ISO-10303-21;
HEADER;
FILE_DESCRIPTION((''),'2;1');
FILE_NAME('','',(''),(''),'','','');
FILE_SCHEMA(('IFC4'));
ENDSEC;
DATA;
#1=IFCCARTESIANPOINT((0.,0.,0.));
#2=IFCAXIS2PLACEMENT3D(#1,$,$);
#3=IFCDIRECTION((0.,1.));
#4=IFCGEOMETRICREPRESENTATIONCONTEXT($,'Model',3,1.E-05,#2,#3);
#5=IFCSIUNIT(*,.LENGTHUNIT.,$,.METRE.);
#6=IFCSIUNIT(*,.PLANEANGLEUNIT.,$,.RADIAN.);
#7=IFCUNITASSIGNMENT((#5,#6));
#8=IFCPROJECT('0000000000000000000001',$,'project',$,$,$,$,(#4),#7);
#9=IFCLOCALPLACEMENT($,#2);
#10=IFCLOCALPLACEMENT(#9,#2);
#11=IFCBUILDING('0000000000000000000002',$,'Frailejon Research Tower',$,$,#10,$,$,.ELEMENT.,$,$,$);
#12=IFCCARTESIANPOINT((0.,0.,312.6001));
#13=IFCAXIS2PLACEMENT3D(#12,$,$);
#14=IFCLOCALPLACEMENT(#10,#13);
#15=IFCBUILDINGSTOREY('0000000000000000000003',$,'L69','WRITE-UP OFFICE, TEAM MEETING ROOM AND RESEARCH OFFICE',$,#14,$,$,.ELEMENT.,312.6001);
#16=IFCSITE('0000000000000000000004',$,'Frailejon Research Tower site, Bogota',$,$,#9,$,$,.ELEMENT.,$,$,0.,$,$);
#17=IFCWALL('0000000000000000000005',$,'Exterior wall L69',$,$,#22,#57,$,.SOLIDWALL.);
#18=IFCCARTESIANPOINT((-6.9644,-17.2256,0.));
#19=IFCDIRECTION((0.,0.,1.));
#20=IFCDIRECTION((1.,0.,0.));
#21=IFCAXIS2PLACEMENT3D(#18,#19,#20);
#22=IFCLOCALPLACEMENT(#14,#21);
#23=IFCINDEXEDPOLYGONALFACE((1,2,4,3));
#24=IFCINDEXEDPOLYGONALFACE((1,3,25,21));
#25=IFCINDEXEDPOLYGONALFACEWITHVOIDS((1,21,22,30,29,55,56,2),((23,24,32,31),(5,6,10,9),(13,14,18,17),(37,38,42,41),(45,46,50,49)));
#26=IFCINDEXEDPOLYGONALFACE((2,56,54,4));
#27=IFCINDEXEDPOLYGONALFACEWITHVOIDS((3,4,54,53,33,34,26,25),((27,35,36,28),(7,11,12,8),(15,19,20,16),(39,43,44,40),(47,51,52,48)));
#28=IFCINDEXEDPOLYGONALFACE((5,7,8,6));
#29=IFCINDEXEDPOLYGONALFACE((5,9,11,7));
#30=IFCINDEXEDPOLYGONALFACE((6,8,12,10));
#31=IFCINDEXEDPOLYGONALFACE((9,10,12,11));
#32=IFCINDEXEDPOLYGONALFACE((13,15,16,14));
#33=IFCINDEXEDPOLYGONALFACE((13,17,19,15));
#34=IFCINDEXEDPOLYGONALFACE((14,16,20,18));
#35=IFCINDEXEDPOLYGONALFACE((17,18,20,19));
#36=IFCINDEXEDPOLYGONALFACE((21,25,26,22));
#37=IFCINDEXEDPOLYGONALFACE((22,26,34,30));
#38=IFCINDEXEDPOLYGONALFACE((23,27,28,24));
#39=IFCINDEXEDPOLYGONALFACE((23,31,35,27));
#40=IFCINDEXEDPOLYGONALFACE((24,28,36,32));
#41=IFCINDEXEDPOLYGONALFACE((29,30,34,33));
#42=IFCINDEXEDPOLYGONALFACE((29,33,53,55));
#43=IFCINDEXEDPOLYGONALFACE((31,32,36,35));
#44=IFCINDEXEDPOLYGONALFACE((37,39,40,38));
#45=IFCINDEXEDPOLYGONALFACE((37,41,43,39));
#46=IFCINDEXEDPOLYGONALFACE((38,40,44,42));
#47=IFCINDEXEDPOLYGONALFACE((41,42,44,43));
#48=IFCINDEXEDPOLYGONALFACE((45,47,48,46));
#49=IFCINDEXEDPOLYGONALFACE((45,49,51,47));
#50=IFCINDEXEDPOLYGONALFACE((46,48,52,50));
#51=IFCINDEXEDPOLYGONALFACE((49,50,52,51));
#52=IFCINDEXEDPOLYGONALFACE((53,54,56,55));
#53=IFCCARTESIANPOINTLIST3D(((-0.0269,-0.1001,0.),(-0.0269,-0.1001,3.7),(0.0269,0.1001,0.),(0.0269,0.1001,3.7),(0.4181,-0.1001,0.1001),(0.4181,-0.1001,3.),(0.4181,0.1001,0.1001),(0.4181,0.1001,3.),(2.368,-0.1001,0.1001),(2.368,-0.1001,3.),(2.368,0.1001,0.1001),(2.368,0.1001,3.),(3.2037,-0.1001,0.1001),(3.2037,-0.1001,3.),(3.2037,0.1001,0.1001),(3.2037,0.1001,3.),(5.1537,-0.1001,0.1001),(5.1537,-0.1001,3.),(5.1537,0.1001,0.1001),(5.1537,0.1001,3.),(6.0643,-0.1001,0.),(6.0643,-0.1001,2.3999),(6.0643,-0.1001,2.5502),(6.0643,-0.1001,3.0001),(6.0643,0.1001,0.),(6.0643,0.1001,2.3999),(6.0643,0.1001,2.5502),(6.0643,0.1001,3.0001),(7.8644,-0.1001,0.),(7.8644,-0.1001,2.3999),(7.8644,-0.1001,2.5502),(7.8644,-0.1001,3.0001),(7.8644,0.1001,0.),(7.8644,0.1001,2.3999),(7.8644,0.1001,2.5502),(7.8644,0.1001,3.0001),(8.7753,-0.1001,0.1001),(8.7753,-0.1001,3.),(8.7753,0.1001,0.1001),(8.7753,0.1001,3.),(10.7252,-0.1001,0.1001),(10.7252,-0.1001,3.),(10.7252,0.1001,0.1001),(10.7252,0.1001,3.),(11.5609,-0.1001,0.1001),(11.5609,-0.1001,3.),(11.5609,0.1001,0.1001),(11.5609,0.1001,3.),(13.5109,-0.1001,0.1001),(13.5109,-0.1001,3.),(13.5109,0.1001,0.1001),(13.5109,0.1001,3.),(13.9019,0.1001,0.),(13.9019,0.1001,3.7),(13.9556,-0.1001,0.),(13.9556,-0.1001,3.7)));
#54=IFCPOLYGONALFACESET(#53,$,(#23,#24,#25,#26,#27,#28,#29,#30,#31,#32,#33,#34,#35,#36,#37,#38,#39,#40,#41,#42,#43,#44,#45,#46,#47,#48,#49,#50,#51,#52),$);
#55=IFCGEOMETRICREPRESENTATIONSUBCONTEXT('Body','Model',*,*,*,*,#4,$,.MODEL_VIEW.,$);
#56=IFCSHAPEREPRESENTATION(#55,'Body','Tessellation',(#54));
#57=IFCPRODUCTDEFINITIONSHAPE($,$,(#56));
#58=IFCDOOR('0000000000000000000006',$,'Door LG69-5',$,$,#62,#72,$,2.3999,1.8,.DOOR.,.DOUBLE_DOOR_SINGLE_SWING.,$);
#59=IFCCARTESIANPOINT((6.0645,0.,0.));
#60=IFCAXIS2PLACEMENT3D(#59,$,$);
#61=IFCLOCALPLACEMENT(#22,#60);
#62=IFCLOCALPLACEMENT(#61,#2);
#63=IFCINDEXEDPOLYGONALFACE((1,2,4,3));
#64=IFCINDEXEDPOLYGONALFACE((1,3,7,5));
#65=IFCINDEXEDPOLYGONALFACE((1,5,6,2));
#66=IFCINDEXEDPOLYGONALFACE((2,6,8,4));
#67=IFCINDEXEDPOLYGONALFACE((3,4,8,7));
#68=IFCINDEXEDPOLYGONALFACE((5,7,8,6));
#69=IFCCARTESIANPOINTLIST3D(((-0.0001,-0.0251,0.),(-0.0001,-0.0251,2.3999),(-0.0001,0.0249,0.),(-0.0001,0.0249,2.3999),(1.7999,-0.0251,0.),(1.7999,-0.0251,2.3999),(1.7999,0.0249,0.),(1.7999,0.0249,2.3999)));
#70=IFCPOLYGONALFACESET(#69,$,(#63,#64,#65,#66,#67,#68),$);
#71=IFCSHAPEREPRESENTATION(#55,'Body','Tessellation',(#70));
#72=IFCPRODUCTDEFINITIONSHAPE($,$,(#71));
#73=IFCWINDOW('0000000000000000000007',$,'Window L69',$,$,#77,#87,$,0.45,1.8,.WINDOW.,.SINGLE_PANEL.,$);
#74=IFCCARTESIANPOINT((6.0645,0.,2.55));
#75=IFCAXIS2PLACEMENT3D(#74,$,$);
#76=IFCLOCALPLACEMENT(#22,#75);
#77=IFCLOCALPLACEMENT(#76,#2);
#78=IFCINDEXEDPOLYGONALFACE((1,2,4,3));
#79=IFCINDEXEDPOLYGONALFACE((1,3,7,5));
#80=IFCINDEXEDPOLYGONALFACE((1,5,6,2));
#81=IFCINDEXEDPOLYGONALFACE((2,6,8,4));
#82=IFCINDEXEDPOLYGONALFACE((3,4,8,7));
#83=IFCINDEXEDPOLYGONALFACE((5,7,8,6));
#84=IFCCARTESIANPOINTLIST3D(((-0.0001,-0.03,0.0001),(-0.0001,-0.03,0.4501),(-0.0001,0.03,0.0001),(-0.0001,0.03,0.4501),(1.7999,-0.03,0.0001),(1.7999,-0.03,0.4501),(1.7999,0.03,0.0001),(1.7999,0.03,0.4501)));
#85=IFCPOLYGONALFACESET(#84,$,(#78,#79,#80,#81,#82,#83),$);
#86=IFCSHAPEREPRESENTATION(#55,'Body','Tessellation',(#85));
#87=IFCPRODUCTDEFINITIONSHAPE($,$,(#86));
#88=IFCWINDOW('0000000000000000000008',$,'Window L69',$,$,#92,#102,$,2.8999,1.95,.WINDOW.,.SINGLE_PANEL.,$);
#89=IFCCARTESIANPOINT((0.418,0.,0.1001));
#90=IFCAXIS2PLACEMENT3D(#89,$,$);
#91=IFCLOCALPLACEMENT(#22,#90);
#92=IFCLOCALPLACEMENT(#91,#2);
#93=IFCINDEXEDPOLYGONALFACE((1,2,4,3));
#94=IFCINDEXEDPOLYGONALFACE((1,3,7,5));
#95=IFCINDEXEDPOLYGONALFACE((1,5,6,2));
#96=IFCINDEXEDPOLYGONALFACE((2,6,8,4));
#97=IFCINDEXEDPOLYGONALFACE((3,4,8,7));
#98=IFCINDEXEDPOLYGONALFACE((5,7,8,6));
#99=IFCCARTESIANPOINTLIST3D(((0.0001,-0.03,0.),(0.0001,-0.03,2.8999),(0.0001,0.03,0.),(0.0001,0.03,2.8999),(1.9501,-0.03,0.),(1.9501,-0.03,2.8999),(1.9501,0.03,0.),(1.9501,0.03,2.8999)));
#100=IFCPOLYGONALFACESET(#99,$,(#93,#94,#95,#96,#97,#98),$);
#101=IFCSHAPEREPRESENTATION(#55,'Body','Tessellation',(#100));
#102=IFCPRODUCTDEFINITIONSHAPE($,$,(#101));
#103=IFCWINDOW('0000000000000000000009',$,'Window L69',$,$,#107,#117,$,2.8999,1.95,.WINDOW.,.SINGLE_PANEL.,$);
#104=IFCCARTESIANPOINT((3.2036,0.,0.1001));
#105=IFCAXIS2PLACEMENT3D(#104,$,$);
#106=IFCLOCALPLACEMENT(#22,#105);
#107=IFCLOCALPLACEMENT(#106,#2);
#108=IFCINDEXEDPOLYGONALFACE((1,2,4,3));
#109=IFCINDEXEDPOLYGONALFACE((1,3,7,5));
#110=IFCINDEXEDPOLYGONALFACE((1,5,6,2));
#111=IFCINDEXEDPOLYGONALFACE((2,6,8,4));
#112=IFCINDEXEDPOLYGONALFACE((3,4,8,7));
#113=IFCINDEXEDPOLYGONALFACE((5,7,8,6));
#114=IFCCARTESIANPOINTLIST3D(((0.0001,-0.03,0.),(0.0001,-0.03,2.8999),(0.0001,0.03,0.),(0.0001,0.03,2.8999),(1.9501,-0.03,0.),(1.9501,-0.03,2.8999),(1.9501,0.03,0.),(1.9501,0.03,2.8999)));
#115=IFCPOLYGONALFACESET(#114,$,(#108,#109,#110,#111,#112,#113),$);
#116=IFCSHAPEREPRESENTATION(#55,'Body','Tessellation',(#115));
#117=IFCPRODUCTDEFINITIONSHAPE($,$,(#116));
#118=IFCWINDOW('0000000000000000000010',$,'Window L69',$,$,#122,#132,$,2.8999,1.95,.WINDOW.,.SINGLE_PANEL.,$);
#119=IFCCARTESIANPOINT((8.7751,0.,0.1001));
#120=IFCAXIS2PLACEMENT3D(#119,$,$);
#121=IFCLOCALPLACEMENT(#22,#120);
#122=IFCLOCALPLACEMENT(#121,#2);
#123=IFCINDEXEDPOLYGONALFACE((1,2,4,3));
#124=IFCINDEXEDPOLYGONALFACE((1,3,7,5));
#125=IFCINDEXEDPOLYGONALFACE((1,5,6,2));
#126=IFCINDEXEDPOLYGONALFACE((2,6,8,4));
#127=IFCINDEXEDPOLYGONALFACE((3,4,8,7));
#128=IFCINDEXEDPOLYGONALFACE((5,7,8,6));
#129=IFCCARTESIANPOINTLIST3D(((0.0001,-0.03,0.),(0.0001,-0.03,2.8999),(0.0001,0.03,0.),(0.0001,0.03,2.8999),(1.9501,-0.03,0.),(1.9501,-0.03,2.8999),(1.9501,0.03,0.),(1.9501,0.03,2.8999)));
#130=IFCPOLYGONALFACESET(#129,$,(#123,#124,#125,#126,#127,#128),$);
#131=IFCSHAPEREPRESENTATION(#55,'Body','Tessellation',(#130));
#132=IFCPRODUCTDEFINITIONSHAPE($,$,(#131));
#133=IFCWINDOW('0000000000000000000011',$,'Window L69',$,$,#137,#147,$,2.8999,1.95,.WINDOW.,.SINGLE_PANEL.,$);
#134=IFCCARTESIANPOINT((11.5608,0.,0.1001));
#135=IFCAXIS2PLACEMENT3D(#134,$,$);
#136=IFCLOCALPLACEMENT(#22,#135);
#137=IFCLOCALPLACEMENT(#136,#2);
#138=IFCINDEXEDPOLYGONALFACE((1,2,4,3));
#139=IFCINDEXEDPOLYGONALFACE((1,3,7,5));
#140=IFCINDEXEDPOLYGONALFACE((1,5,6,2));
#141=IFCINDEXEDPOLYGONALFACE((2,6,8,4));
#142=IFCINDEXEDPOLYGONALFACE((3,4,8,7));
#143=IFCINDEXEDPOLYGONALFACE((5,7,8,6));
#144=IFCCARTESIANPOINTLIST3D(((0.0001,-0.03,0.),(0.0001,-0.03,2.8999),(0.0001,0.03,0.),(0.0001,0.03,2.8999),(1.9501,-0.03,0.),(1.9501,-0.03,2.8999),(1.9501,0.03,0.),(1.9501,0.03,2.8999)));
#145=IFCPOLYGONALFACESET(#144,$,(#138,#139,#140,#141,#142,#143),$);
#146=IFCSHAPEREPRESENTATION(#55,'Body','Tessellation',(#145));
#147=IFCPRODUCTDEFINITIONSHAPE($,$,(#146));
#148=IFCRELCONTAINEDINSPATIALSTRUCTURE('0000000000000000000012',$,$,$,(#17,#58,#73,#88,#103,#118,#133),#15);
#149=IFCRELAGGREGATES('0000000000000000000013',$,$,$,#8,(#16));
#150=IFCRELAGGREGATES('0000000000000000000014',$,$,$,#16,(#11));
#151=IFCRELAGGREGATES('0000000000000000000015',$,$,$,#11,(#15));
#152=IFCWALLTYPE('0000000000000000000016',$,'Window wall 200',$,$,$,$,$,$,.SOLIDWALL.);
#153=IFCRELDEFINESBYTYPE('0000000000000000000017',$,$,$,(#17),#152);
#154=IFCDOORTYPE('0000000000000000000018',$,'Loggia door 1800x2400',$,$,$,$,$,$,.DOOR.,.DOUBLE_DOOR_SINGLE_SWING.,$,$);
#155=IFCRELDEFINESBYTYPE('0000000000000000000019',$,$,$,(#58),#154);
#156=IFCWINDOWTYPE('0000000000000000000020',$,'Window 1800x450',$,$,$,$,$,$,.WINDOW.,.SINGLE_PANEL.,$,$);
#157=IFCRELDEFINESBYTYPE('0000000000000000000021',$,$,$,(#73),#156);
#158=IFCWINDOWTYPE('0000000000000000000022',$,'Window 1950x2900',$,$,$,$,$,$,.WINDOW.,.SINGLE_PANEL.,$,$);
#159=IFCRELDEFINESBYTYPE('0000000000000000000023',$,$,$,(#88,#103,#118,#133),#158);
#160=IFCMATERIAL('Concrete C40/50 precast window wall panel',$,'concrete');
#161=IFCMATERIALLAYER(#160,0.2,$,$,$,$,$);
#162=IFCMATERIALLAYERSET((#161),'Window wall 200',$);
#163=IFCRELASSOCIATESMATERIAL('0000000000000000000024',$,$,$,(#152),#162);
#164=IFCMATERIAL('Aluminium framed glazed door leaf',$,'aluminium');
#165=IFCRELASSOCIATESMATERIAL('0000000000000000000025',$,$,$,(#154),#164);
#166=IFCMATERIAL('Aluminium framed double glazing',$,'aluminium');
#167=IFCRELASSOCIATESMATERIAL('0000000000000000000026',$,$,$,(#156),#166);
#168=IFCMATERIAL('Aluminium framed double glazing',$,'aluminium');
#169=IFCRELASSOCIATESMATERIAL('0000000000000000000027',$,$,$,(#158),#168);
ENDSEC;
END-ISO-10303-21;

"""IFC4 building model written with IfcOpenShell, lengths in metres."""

from ifc_helpers import new_model, si_unit, direction, frame, frame_2d, origin, place, context, subcontext, project, spatial, polyline, rectangle, outline, extrude, material, layer, layer_set, type_object, element, fill, save


model = new_model("IFC4")

# Units and contexts
model_context = context("Model", 3, precision=1e-05, world=origin(), true_north=direction((0.0, 1.0)))
body_context = subcontext(model_context, "Body", "Model", "MODEL_VIEW")
ifc_project = project(units=[si_unit("LENGTHUNIT", "METRE"), si_unit("PLANEANGLEUNIT", "RADIAN")], contexts=[model_context])

# Site, building, storey
site_placement = place(None, origin())
site = spatial("IfcSite", under=ifc_project, at=site_placement, Name="Frailejon Research Tower site, Bogota", CompositionType="ELEMENT", RefElevation=0.0)
building_placement = place(site_placement, origin())
building = spatial("IfcBuilding", under=site, at=building_placement, Name="Frailejon Research Tower", CompositionType="ELEMENT")
storey_placement = place(building_placement, frame((0.0, 0.0, 312.6001)))
storey = spatial("IfcBuildingStorey", under=building, at=storey_placement, Name="L69", Description="WRITE-UP OFFICE, TEAM MEETING ROOM AND RESEARCH OFFICE", CompositionType="ELEMENT", Elevation=312.6001)

# Wall, openings, door, windows
ifc_material_1 = material(Name="Concrete C40/50 precast window wall panel", Category="concrete")
ifc_layer_1 = layer(ifc_material_1, 0.2)
ifc_layer_set_1 = layer_set([ifc_layer_1], Name="Window wall 200")
wall_type_1 = type_object("IfcWallType", Name="Window wall 200", PredefinedType="SOLIDWALL", material=ifc_layer_set_1)
wall_1_placement = place(storey_placement, frame((-6.9644, -17.2256, 0.0), z_axis=(0.0, 0.0, 1.0), x_axis=(1.0, 0.0, 0.0)))
wall_1 = element("IfcWall", 1, at=wall_1_placement, inside=storey, type_object=wall_type_1, Name="Exterior wall L69", PredefinedType="SOLIDWALL", context=body_context, shape_type="SweptSolid", body=[
    extrude(outline(polyline([(-0.0269, -0.1001), (1.0488, -0.1001), (2.1243, -0.1001), (3.2, -0.1001), (4.2754, -0.1001), (5.3511, -0.1001), (6.4265, -0.1001), (7.5022, -0.1001), (8.5776, -0.1001), (9.6533, -0.1001), (10.7288, -0.1001), (11.8044, -0.1001), (12.8799, -0.1001), (13.9556, -0.1001), (13.9019, 0.1001), (12.8345, 0.1001), (11.7673, 0.1001), (10.7, 0.1001), (9.6326, 0.1001), (8.5654, 0.1001), (7.498, 0.1001), (6.4307, 0.1001), (5.3633, 0.1001), (4.2961, 0.1001), (3.2288, 0.1001), (2.1614, 0.1001), (1.0942, 0.1001), (0.0269, 0.1001), (-0.0269, -0.1001)])), origin(), (0.0, 0.0, 1.0), 3.7),
])
opening_1_placement = place(wall_1_placement, frame((0.418, 0.0, 0.1001)))
opening_1 = element("IfcOpeningElement", 2, at=opening_1_placement, cuts=wall_1, PredefinedType="OPENING", context=body_context, shape_type="SweptSolid", body=[
    extrude(rectangle(XDim=1.95, YDim=2.8999, at=frame_2d((0.9751, 1.45))), frame((0.0, 0.1099, 0.0), z_axis=(0.0, -1.0, 0.0), x_axis=(1.0, 0.0, 0.0)), (0.0, 0.0, 1.0), 0.22),
])
opening_2_placement = place(wall_1_placement, frame((3.2036, 0.0, 0.1001)))
opening_2 = element("IfcOpeningElement", 3, at=opening_2_placement, cuts=wall_1, PredefinedType="OPENING", context=body_context, shape_type="SweptSolid", body=[
    extrude(rectangle(XDim=1.95, YDim=2.8999, at=frame_2d((0.9751, 1.45))), frame((0.0, 0.1099, 0.0), z_axis=(0.0, -1.0, 0.0), x_axis=(1.0, 0.0, 0.0)), (0.0, 0.0, 1.0), 0.22),
])
opening_3_placement = place(wall_1_placement, frame((6.0645, 0.0, 0.0)))
opening_3 = element("IfcOpeningElement", 4, at=opening_3_placement, cuts=wall_1, PredefinedType="OPENING", context=body_context, shape_type="SweptSolid", body=[
    extrude(rectangle(XDim=1.8, YDim=2.3999, at=frame_2d((0.8999, 1.2))), frame((0.0, 0.1099, 0.0), z_axis=(0.0, -1.0, 0.0), x_axis=(1.0, 0.0, 0.0)), (0.0, 0.0, 1.0), 0.22),
])
opening_4_placement = place(wall_1_placement, frame((6.0645, 0.0, 2.55)))
opening_4 = element("IfcOpeningElement", 5, at=opening_4_placement, cuts=wall_1, PredefinedType="OPENING", context=body_context, shape_type="SweptSolid", body=[
    extrude(rectangle(XDim=1.8, YDim=0.45, at=frame_2d((0.8999, 0.2251))), frame((0.0, 0.1099, 0.0), z_axis=(0.0, -1.0, 0.0), x_axis=(1.0, 0.0, 0.0)), (0.0, 0.0, 1.0), 0.22),
])
opening_5_placement = place(wall_1_placement, frame((8.7751, 0.0, 0.1001)))
opening_5 = element("IfcOpeningElement", 6, at=opening_5_placement, cuts=wall_1, PredefinedType="OPENING", context=body_context, shape_type="SweptSolid", body=[
    extrude(rectangle(XDim=1.95, YDim=2.8999, at=frame_2d((0.9751, 1.45))), frame((0.0, 0.1099, 0.0), z_axis=(0.0, -1.0, 0.0), x_axis=(1.0, 0.0, 0.0)), (0.0, 0.0, 1.0), 0.22),
])
opening_6_placement = place(wall_1_placement, frame((11.5608, 0.0, 0.1001)))
opening_6 = element("IfcOpeningElement", 7, at=opening_6_placement, cuts=wall_1, PredefinedType="OPENING", context=body_context, shape_type="SweptSolid", body=[
    extrude(rectangle(XDim=1.95, YDim=2.8999, at=frame_2d((0.9751, 1.45))), frame((0.0, 0.1099, 0.0), z_axis=(0.0, -1.0, 0.0), x_axis=(1.0, 0.0, 0.0)), (0.0, 0.0, 1.0), 0.22),
])
ifc_material_2 = material(Name="Aluminium framed glazed door leaf", Category="aluminium")
door_type = type_object("IfcDoorType", Name="Loggia door 1800x2400", OperationType="DOUBLE_DOOR_SINGLE_SWING", PredefinedType="DOOR", material=ifc_material_2)
door_placement = place(opening_3_placement, origin())
door = element("IfcDoor", 8, at=door_placement, inside=storey, type_object=door_type, Name="Door LG69-5", OperationType="DOUBLE_DOOR_SINGLE_SWING", OverallHeight=2.3999, OverallWidth=1.8, PredefinedType="DOOR", context=body_context, shape_type="SweptSolid", body=[
    extrude(rectangle(XDim=1.8, YDim=2.3999, at=frame_2d((0.8999, 1.2))), frame((0.0, 0.0249, 0.0), z_axis=(0.0, -1.0, 0.0), x_axis=(1.0, 0.0, 0.0)), (0.0, 0.0, 1.0), 0.05),
])
fill(opening_3, door)
ifc_material_3 = material(Name="Aluminium framed double glazing", Category="aluminium")
window_type_1 = type_object("IfcWindowType", Name="Window 1800x450", PartitioningType="SINGLE_PANEL", PredefinedType="WINDOW", material=ifc_material_3)
window_1_placement = place(opening_4_placement, origin())
window_1 = element("IfcWindow", 9, at=window_1_placement, inside=storey, type_object=window_type_1, Name="Window L69", OverallHeight=0.45, OverallWidth=1.8, PartitioningType="SINGLE_PANEL", PredefinedType="WINDOW", context=body_context, shape_type="SweptSolid", body=[
    extrude(rectangle(XDim=1.8, YDim=0.45, at=frame_2d((0.8999, 0.2251))), frame((0.0, 0.03, 0.0), z_axis=(0.0, -1.0, 0.0), x_axis=(1.0, 0.0, 0.0)), (0.0, 0.0, 1.0), 0.0601),
])
fill(opening_4, window_1)
ifc_material_4 = material(Name="Aluminium framed double glazing", Category="aluminium")
window_type_2 = type_object("IfcWindowType", Name="Window 1950x2900", PartitioningType="SINGLE_PANEL", PredefinedType="WINDOW", material=ifc_material_4)
window_2_placement = place(opening_1_placement, origin())
window_2 = element("IfcWindow", 10, at=window_2_placement, inside=storey, type_object=window_type_2, Name="Window L69", OverallHeight=2.8999, OverallWidth=1.95, PartitioningType="SINGLE_PANEL", PredefinedType="WINDOW", context=body_context, shape_type="SweptSolid", body=[
    extrude(rectangle(XDim=1.95, YDim=2.8999, at=frame_2d((0.9751, 1.45))), frame((0.0, 0.03, 0.0), z_axis=(0.0, -1.0, 0.0), x_axis=(1.0, 0.0, 0.0)), (0.0, 0.0, 1.0), 0.0601),
])
fill(opening_1, window_2)
window_3_placement = place(opening_2_placement, origin())
window_3 = element("IfcWindow", 11, at=window_3_placement, inside=storey, type_object=window_type_2, Name="Window L69", OverallHeight=2.8999, OverallWidth=1.95, PartitioningType="SINGLE_PANEL", PredefinedType="WINDOW", context=body_context, shape_type="SweptSolid", body=[
    extrude(rectangle(XDim=1.95, YDim=2.8999, at=frame_2d((0.9751, 1.45))), frame((0.0, 0.03, 0.0), z_axis=(0.0, -1.0, 0.0), x_axis=(1.0, 0.0, 0.0)), (0.0, 0.0, 1.0), 0.0601),
])
fill(opening_2, window_3)
window_4_placement = place(opening_5_placement, origin())
window_4 = element("IfcWindow", 12, at=window_4_placement, inside=storey, type_object=window_type_2, Name="Window L69", OverallHeight=2.8999, OverallWidth=1.95, PartitioningType="SINGLE_PANEL", PredefinedType="WINDOW", context=body_context, shape_type="SweptSolid", body=[
    extrude(rectangle(XDim=1.95, YDim=2.8999, at=frame_2d((0.9751, 1.45))), frame((0.0, 0.03, 0.0), z_axis=(0.0, -1.0, 0.0), x_axis=(1.0, 0.0, 0.0)), (0.0, 0.0, 1.0), 0.0601),
])
fill(opening_5, window_4)
window_5_placement = place(opening_6_placement, origin())
window_5 = element("IfcWindow", 13, at=window_5_placement, inside=storey, type_object=window_type_2, Name="Window L69", OverallHeight=2.8999, OverallWidth=1.95, PartitioningType="SINGLE_PANEL", PredefinedType="WINDOW", context=body_context, shape_type="SweptSolid", body=[
    extrude(rectangle(XDim=1.95, YDim=2.8999, at=frame_2d((0.9751, 1.45))), frame((0.0, 0.03, 0.0), z_axis=(0.0, -1.0, 0.0), x_axis=(1.0, 0.0, 0.0)), (0.0, 0.0, 1.0), 0.0601),
])
fill(opening_6, window_5)

save(model, "model.ifc")
